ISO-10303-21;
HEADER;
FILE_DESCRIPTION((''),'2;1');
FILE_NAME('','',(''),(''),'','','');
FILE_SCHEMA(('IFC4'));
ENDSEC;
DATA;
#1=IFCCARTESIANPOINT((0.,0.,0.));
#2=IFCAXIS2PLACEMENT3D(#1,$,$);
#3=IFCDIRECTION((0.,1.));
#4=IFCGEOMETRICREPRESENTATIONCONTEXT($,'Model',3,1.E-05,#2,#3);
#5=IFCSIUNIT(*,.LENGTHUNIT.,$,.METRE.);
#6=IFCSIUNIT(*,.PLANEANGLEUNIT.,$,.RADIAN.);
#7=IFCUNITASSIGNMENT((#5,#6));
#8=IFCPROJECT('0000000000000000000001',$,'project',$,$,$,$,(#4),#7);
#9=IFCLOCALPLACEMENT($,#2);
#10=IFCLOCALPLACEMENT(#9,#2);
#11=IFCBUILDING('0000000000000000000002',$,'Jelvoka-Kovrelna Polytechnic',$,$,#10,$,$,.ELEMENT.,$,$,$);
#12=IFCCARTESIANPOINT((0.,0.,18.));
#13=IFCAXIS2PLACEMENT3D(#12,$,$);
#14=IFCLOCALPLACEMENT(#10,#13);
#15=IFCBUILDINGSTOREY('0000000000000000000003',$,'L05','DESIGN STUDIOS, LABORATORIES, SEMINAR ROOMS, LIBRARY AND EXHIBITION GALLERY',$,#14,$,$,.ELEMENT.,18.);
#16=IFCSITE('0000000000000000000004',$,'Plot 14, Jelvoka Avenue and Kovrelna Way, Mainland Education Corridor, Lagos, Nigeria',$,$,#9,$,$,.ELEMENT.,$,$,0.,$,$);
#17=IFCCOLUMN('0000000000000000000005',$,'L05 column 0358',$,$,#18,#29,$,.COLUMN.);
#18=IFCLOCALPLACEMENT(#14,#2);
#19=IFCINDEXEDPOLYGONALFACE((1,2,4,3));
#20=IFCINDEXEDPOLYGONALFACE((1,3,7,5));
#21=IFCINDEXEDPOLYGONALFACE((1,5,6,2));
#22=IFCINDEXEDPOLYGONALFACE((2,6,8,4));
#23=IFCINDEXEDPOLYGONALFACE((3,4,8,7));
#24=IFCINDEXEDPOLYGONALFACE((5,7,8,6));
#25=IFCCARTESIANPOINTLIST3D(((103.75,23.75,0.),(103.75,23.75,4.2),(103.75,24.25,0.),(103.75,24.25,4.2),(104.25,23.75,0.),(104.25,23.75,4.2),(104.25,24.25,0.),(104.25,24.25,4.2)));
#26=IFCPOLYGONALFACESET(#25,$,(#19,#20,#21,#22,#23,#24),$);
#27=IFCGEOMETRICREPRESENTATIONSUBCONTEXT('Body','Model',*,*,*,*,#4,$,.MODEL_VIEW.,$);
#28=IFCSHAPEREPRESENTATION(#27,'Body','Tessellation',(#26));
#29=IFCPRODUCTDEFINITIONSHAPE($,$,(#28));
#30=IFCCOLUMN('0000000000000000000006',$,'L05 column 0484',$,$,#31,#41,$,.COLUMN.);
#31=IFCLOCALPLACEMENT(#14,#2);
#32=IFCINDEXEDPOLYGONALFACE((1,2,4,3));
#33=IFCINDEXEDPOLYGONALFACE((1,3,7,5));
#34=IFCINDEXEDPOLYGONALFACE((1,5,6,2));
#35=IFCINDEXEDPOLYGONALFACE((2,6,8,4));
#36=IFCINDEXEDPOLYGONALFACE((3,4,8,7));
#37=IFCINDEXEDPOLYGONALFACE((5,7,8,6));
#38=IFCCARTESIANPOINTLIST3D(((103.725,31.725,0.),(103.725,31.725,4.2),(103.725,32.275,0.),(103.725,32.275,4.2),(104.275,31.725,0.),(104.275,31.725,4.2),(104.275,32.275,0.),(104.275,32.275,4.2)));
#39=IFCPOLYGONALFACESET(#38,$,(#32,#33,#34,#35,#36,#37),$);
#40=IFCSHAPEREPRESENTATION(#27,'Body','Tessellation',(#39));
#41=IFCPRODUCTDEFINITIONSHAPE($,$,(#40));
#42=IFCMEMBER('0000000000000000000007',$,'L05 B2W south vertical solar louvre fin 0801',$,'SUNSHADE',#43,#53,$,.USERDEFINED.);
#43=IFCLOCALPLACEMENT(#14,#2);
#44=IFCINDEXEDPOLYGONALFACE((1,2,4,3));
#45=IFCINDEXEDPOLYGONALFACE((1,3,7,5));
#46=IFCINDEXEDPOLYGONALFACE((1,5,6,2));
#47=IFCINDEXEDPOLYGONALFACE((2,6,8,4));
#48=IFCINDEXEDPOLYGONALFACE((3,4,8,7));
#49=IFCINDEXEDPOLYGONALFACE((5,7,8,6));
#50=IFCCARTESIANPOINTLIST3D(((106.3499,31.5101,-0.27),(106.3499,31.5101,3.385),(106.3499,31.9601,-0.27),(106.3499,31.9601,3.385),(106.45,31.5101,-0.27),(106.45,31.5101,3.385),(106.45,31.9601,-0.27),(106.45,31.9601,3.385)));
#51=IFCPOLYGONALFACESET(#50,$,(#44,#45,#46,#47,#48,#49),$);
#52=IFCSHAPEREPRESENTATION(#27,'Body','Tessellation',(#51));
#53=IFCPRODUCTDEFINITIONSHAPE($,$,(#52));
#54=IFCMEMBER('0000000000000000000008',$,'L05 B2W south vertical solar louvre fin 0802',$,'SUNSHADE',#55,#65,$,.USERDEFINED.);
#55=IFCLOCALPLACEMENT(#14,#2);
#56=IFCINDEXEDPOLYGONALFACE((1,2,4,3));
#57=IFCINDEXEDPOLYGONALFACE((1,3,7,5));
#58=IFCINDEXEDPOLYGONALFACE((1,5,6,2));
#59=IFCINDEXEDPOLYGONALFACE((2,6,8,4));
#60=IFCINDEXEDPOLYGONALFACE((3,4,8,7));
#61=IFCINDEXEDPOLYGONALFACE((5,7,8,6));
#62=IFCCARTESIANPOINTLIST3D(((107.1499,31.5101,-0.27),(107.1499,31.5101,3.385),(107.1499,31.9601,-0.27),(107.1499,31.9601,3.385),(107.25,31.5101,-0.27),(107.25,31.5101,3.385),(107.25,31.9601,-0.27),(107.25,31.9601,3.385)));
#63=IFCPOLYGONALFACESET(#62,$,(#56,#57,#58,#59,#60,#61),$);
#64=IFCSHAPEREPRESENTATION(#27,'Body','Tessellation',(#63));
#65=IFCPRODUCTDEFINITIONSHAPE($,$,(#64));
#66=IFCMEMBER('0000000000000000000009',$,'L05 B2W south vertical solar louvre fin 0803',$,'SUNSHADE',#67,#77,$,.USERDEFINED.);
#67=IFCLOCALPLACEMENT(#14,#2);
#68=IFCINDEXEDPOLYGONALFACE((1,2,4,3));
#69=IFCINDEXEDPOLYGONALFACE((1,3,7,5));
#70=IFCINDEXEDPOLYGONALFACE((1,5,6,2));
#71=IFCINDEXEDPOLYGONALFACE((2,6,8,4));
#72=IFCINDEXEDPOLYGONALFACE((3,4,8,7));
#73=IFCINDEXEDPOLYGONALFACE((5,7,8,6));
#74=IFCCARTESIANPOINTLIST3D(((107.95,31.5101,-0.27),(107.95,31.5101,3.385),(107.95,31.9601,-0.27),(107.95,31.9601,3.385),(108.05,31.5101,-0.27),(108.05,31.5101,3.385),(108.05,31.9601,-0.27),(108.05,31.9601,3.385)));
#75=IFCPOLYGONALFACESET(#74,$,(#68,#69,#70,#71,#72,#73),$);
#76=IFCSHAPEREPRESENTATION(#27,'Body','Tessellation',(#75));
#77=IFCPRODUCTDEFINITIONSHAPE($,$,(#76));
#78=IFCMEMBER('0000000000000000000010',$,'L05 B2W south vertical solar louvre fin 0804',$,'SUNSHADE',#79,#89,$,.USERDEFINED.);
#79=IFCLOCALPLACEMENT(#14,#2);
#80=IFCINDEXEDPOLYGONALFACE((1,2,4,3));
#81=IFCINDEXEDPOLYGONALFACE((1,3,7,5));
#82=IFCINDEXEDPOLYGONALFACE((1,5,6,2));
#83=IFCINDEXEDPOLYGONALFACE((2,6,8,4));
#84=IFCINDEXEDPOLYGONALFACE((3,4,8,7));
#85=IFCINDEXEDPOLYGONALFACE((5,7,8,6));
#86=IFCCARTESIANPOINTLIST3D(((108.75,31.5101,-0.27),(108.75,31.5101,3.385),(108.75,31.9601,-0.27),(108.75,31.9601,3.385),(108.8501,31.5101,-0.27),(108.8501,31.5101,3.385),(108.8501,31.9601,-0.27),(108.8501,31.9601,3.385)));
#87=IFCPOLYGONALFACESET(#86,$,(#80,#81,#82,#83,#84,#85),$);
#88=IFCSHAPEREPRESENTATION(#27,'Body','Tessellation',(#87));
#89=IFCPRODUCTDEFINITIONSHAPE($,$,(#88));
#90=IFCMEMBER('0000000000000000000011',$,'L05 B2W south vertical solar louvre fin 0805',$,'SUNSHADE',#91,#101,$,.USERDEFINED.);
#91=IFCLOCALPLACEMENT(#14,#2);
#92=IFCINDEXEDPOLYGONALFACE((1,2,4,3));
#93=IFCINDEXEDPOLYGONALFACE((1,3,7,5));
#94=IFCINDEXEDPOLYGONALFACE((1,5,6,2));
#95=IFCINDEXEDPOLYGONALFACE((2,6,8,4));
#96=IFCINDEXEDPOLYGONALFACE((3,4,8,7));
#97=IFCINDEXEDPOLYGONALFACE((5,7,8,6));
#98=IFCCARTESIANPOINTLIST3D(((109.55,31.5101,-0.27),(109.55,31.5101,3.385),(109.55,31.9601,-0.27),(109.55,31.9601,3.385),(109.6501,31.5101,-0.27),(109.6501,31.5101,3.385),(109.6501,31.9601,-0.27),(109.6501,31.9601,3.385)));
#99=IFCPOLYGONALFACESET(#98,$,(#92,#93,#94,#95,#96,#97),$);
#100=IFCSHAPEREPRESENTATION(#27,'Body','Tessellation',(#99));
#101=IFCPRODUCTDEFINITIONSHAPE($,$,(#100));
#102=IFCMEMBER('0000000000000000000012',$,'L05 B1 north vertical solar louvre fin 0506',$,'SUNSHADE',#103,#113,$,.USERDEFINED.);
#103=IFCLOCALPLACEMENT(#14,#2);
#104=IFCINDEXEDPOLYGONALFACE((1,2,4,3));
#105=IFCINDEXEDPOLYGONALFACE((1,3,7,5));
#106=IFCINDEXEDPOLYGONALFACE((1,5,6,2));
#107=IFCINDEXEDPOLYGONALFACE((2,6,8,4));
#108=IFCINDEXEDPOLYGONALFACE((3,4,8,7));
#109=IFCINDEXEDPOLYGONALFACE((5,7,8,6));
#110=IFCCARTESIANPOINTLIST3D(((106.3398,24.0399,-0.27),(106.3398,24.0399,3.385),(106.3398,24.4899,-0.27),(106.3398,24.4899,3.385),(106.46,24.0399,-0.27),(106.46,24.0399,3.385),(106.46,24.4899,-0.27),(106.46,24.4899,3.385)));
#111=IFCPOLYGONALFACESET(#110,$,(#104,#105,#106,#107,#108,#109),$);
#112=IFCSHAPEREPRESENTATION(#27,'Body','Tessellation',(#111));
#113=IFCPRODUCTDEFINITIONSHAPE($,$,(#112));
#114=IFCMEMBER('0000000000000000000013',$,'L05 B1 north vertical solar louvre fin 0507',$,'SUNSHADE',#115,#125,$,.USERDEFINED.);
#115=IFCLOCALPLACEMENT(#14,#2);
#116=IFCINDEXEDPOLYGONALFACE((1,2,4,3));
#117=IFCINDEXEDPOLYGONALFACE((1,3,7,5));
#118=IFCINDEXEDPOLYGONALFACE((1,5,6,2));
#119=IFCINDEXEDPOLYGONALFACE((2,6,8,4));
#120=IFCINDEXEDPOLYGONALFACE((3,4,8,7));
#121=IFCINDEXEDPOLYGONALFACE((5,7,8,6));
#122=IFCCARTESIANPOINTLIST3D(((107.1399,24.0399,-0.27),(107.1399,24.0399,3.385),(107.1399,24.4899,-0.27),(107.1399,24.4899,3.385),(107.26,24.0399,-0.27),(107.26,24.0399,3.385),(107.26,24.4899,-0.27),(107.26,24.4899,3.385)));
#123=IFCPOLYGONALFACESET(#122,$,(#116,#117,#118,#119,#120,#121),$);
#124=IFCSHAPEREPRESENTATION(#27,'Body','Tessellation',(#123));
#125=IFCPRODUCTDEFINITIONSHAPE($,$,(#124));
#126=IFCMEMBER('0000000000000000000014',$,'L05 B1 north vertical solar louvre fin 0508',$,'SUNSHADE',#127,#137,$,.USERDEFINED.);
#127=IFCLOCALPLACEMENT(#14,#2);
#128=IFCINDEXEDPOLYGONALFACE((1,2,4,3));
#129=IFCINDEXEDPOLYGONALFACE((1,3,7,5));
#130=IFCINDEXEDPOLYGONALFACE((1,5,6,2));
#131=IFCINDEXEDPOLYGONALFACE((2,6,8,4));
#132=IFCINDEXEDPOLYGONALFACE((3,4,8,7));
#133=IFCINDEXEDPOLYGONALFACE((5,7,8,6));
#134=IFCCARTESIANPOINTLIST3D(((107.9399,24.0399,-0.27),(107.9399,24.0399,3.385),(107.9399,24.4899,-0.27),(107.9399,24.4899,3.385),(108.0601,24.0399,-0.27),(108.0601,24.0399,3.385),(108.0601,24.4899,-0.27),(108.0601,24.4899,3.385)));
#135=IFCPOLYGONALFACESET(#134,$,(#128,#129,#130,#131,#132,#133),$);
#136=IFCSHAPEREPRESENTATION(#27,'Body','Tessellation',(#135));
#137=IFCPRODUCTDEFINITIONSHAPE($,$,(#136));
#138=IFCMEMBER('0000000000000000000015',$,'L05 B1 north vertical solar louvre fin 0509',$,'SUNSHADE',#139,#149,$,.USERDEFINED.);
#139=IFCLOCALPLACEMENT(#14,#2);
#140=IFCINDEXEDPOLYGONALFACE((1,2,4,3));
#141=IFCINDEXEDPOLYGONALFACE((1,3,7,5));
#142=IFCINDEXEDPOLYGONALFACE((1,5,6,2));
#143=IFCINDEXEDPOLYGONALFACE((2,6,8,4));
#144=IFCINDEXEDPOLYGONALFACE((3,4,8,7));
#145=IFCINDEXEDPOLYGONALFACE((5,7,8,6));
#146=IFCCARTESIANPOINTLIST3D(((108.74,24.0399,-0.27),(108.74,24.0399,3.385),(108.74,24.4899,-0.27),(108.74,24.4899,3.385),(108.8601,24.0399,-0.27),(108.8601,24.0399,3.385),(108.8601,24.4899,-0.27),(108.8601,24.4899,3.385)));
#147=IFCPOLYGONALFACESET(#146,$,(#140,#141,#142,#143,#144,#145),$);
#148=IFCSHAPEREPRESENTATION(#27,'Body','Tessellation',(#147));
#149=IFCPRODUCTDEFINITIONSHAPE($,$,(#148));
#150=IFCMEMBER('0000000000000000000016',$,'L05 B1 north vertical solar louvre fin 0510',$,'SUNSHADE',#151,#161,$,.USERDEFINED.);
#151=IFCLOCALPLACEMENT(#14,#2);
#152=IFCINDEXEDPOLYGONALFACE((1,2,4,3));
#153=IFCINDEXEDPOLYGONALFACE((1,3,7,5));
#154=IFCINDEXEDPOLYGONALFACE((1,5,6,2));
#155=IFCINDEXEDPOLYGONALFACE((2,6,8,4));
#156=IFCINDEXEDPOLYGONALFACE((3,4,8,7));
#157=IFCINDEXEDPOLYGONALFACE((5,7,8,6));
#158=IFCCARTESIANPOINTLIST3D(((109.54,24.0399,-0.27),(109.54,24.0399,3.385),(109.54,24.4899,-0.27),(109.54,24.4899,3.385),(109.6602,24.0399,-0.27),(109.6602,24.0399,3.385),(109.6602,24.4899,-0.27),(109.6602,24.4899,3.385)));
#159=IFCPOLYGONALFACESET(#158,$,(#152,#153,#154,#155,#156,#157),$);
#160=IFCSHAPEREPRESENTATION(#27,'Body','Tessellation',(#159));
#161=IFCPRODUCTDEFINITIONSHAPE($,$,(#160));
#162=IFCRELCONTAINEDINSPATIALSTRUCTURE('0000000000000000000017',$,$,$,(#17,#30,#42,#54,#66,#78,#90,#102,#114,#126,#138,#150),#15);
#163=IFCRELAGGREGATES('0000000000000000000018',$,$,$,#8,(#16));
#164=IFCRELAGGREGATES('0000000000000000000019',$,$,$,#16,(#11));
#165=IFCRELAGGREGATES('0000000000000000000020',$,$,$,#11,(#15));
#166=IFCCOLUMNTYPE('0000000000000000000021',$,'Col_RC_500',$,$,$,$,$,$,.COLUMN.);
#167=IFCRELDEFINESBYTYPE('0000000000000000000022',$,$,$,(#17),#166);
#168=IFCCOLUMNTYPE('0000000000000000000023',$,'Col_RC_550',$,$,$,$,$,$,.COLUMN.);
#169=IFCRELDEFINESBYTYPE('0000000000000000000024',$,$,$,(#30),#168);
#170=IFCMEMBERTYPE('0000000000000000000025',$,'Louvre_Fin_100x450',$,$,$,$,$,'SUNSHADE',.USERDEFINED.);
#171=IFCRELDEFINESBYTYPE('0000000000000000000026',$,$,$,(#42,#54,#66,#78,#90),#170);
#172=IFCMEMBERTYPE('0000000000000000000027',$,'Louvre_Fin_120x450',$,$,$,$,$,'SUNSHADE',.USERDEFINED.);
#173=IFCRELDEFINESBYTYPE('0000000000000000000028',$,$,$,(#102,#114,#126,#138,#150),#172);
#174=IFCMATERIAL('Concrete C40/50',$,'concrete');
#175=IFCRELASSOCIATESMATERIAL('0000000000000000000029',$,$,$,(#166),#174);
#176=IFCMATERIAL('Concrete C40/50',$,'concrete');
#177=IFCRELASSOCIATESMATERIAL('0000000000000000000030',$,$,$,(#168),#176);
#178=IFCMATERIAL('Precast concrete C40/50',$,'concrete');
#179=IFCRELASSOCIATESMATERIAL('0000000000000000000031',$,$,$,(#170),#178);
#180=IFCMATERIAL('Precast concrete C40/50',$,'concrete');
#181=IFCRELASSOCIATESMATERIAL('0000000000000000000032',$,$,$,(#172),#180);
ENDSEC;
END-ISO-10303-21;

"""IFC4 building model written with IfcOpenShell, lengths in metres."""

from ifc_helpers import new_model, si_unit, direction, frame, origin, origin_2d, place, context, subcontext, project, spatial, rectangle, extrude, material, material_profile, profile_set, type_object, element, save


model = new_model("IFC4")

# Units and contexts
model_context = context("Model", 3, precision=1e-05, world=origin(), true_north=direction((0.0, 1.0)))
body_context = subcontext(model_context, "Body", "Model", "MODEL_VIEW")
ifc_project = project(units=[si_unit("LENGTHUNIT", "METRE"), si_unit("PLANEANGLEUNIT", "RADIAN")], contexts=[model_context])

# Site, building, storey
site_placement = place(None, origin())
site = spatial("IfcSite", under=ifc_project, at=site_placement, Name="Plot 14, Jelvoka Avenue and Kovrelna Way, Mainland Education Corridor, Lagos, Nigeria", CompositionType="ELEMENT", RefElevation=0.0)
building_placement = place(site_placement, origin())
building = spatial("IfcBuilding", under=site, at=building_placement, Name="Jelvoka-Kovrelna Polytechnic", CompositionType="ELEMENT")
storey_placement = place(building_placement, frame((0.0, 0.0, 18.0)))
storey = spatial("IfcBuildingStorey", under=building, at=storey_placement, Name="L05", Description="DESIGN STUDIOS, LABORATORIES, SEMINAR ROOMS, LIBRARY AND EXHIBITION GALLERY", CompositionType="ELEMENT", Elevation=18.0)

# Columns
ifc_material_1 = material(Name="Concrete C40/50", Category="concrete")
ifc_material_profile_1 = material_profile(ifc_material_1, rectangle(XDim=0.5, YDim=0.5, at=origin_2d()), Name="RC 500x500")
ifc_profile_set_1 = profile_set([ifc_material_profile_1], Name="Concrete C40/50")
column_type_1 = type_object("IfcColumnType", Name="Col_RC_500", PredefinedType="COLUMN", material=ifc_profile_set_1)
column_1_placement = place(storey_placement, frame((104.0, 24.0, 0.0), z_axis=(0.0, 0.0, 1.0), x_axis=(1.0, 0.0, 0.0)))
element("IfcColumn", 1, at=column_1_placement, inside=storey, type_object=column_type_1, Name="L05 column 0358", PredefinedType="COLUMN", context=body_context, shape_type="SweptSolid", body=[
    extrude(rectangle(XDim=0.5, YDim=0.5, at=origin_2d()), origin(), (0.0, 0.0, 1.0), 4.2),
])
ifc_material_2 = material(Name="Concrete C40/50", Category="concrete")
ifc_material_profile_2 = material_profile(ifc_material_2, rectangle(XDim=0.55, YDim=0.55, at=origin_2d()), Name="RC 550x550")
ifc_profile_set_2 = profile_set([ifc_material_profile_2], Name="Concrete C40/50")
column_type_2 = type_object("IfcColumnType", Name="Col_RC_550", PredefinedType="COLUMN", material=ifc_profile_set_2)
column_2_placement = place(storey_placement, frame((104.0, 32.0, 0.0), z_axis=(0.0, 0.0, 1.0), x_axis=(1.0, 0.0, 0.0)))
element("IfcColumn", 2, at=column_2_placement, inside=storey, type_object=column_type_2, Name="L05 column 0484", PredefinedType="COLUMN", context=body_context, shape_type="SweptSolid", body=[
    extrude(rectangle(XDim=0.55, YDim=0.55, at=origin_2d()), origin(), (0.0, 0.0, 1.0), 4.2),
])

# Members
ifc_material_3 = material(Name="Precast concrete C40/50", Category="concrete")
ifc_material_profile_3 = material_profile(ifc_material_3, rectangle(XDim=0.1001, YDim=0.45, at=origin_2d()), Name="PC 100x450")
ifc_profile_set_3 = profile_set([ifc_material_profile_3], Name="Precast concrete C40/50")
member_type_1 = type_object("IfcMemberType", Name="Louvre_Fin_100x450", ElementType="SUNSHADE", PredefinedType="USERDEFINED", material=ifc_profile_set_3)
for number, where, z_axis, x_axis, name in (
    (3, (106.3999, 31.7351, -0.27), (0.0, 0.0, 1.0), (1.0, 0.0, 0.0), "L05 B2W south vertical solar louvre fin 0801"),
    (4, (107.2, 31.7351, -0.27), (0.0, 0.0, 1.0), (1.0, 0.0, 0.0), "L05 B2W south vertical solar louvre fin 0802"),
    (5, (108.0, 31.7351, -0.27), (0.0, 0.0, 1.0), (1.0, 0.0, 0.0), "L05 B2W south vertical solar louvre fin 0803"),
    (6, (108.8, 31.7351, -0.27), (0.0, 0.0, 1.0), (1.0, 0.0, 0.0), "L05 B2W south vertical solar louvre fin 0804"),
    (7, (109.6001, 31.7351, -0.27), (0.0, 0.0, 1.0), (1.0, 0.0, 0.0), "L05 B2W south vertical solar louvre fin 0805"),
):
    element("IfcMember", number, at=place(storey_placement, frame(where, z_axis=z_axis, x_axis=x_axis)), inside=storey, type_object=member_type_1, Name=name, ObjectType="SUNSHADE", PredefinedType="USERDEFINED", context=body_context, shape_type="SweptSolid", body=[
        extrude(rectangle(XDim=0.1001, YDim=0.45, at=origin_2d()), origin(), (0.0, 0.0, 1.0), 3.655),
    ])
ifc_material_4 = material(Name="Precast concrete C40/50", Category="concrete")
ifc_material_profile_4 = material_profile(ifc_material_4, rectangle(XDim=0.1201, YDim=0.45, at=origin_2d()), Name="PC 120x450")
ifc_profile_set_4 = profile_set([ifc_material_profile_4], Name="Precast concrete C40/50")
member_type_2 = type_object("IfcMemberType", Name="Louvre_Fin_120x450", ElementType="SUNSHADE", PredefinedType="USERDEFINED", material=ifc_profile_set_4)
for number, where, z_axis, x_axis, name in (
    (8, (106.3999, 24.2649, -0.27), (0.0, 0.0, 1.0), (1.0, 0.0, 0.0), "L05 B1 north vertical solar louvre fin 0506"),
    (9, (107.2, 24.2649, -0.27), (0.0, 0.0, 1.0), (1.0, 0.0, 0.0), "L05 B1 north vertical solar louvre fin 0507"),
    (10, (108.0, 24.2649, -0.27), (0.0, 0.0, 1.0), (1.0, 0.0, 0.0), "L05 B1 north vertical solar louvre fin 0508"),
    (11, (108.8, 24.2649, -0.27), (0.0, 0.0, 1.0), (1.0, 0.0, 0.0), "L05 B1 north vertical solar louvre fin 0509"),
    (12, (109.6001, 24.2649, -0.27), (0.0, 0.0, 1.0), (1.0, 0.0, 0.0), "L05 B1 north vertical solar louvre fin 0510"),
):
    element("IfcMember", number, at=place(storey_placement, frame(where, z_axis=z_axis, x_axis=x_axis)), inside=storey, type_object=member_type_2, Name=name, ObjectType="SUNSHADE", PredefinedType="USERDEFINED", context=body_context, shape_type="SweptSolid", body=[
        extrude(rectangle(XDim=0.1201, YDim=0.45, at=origin_2d()), origin(), (0.0, 0.0, 1.0), 3.655),
    ])

save(model, "model.ifc")
